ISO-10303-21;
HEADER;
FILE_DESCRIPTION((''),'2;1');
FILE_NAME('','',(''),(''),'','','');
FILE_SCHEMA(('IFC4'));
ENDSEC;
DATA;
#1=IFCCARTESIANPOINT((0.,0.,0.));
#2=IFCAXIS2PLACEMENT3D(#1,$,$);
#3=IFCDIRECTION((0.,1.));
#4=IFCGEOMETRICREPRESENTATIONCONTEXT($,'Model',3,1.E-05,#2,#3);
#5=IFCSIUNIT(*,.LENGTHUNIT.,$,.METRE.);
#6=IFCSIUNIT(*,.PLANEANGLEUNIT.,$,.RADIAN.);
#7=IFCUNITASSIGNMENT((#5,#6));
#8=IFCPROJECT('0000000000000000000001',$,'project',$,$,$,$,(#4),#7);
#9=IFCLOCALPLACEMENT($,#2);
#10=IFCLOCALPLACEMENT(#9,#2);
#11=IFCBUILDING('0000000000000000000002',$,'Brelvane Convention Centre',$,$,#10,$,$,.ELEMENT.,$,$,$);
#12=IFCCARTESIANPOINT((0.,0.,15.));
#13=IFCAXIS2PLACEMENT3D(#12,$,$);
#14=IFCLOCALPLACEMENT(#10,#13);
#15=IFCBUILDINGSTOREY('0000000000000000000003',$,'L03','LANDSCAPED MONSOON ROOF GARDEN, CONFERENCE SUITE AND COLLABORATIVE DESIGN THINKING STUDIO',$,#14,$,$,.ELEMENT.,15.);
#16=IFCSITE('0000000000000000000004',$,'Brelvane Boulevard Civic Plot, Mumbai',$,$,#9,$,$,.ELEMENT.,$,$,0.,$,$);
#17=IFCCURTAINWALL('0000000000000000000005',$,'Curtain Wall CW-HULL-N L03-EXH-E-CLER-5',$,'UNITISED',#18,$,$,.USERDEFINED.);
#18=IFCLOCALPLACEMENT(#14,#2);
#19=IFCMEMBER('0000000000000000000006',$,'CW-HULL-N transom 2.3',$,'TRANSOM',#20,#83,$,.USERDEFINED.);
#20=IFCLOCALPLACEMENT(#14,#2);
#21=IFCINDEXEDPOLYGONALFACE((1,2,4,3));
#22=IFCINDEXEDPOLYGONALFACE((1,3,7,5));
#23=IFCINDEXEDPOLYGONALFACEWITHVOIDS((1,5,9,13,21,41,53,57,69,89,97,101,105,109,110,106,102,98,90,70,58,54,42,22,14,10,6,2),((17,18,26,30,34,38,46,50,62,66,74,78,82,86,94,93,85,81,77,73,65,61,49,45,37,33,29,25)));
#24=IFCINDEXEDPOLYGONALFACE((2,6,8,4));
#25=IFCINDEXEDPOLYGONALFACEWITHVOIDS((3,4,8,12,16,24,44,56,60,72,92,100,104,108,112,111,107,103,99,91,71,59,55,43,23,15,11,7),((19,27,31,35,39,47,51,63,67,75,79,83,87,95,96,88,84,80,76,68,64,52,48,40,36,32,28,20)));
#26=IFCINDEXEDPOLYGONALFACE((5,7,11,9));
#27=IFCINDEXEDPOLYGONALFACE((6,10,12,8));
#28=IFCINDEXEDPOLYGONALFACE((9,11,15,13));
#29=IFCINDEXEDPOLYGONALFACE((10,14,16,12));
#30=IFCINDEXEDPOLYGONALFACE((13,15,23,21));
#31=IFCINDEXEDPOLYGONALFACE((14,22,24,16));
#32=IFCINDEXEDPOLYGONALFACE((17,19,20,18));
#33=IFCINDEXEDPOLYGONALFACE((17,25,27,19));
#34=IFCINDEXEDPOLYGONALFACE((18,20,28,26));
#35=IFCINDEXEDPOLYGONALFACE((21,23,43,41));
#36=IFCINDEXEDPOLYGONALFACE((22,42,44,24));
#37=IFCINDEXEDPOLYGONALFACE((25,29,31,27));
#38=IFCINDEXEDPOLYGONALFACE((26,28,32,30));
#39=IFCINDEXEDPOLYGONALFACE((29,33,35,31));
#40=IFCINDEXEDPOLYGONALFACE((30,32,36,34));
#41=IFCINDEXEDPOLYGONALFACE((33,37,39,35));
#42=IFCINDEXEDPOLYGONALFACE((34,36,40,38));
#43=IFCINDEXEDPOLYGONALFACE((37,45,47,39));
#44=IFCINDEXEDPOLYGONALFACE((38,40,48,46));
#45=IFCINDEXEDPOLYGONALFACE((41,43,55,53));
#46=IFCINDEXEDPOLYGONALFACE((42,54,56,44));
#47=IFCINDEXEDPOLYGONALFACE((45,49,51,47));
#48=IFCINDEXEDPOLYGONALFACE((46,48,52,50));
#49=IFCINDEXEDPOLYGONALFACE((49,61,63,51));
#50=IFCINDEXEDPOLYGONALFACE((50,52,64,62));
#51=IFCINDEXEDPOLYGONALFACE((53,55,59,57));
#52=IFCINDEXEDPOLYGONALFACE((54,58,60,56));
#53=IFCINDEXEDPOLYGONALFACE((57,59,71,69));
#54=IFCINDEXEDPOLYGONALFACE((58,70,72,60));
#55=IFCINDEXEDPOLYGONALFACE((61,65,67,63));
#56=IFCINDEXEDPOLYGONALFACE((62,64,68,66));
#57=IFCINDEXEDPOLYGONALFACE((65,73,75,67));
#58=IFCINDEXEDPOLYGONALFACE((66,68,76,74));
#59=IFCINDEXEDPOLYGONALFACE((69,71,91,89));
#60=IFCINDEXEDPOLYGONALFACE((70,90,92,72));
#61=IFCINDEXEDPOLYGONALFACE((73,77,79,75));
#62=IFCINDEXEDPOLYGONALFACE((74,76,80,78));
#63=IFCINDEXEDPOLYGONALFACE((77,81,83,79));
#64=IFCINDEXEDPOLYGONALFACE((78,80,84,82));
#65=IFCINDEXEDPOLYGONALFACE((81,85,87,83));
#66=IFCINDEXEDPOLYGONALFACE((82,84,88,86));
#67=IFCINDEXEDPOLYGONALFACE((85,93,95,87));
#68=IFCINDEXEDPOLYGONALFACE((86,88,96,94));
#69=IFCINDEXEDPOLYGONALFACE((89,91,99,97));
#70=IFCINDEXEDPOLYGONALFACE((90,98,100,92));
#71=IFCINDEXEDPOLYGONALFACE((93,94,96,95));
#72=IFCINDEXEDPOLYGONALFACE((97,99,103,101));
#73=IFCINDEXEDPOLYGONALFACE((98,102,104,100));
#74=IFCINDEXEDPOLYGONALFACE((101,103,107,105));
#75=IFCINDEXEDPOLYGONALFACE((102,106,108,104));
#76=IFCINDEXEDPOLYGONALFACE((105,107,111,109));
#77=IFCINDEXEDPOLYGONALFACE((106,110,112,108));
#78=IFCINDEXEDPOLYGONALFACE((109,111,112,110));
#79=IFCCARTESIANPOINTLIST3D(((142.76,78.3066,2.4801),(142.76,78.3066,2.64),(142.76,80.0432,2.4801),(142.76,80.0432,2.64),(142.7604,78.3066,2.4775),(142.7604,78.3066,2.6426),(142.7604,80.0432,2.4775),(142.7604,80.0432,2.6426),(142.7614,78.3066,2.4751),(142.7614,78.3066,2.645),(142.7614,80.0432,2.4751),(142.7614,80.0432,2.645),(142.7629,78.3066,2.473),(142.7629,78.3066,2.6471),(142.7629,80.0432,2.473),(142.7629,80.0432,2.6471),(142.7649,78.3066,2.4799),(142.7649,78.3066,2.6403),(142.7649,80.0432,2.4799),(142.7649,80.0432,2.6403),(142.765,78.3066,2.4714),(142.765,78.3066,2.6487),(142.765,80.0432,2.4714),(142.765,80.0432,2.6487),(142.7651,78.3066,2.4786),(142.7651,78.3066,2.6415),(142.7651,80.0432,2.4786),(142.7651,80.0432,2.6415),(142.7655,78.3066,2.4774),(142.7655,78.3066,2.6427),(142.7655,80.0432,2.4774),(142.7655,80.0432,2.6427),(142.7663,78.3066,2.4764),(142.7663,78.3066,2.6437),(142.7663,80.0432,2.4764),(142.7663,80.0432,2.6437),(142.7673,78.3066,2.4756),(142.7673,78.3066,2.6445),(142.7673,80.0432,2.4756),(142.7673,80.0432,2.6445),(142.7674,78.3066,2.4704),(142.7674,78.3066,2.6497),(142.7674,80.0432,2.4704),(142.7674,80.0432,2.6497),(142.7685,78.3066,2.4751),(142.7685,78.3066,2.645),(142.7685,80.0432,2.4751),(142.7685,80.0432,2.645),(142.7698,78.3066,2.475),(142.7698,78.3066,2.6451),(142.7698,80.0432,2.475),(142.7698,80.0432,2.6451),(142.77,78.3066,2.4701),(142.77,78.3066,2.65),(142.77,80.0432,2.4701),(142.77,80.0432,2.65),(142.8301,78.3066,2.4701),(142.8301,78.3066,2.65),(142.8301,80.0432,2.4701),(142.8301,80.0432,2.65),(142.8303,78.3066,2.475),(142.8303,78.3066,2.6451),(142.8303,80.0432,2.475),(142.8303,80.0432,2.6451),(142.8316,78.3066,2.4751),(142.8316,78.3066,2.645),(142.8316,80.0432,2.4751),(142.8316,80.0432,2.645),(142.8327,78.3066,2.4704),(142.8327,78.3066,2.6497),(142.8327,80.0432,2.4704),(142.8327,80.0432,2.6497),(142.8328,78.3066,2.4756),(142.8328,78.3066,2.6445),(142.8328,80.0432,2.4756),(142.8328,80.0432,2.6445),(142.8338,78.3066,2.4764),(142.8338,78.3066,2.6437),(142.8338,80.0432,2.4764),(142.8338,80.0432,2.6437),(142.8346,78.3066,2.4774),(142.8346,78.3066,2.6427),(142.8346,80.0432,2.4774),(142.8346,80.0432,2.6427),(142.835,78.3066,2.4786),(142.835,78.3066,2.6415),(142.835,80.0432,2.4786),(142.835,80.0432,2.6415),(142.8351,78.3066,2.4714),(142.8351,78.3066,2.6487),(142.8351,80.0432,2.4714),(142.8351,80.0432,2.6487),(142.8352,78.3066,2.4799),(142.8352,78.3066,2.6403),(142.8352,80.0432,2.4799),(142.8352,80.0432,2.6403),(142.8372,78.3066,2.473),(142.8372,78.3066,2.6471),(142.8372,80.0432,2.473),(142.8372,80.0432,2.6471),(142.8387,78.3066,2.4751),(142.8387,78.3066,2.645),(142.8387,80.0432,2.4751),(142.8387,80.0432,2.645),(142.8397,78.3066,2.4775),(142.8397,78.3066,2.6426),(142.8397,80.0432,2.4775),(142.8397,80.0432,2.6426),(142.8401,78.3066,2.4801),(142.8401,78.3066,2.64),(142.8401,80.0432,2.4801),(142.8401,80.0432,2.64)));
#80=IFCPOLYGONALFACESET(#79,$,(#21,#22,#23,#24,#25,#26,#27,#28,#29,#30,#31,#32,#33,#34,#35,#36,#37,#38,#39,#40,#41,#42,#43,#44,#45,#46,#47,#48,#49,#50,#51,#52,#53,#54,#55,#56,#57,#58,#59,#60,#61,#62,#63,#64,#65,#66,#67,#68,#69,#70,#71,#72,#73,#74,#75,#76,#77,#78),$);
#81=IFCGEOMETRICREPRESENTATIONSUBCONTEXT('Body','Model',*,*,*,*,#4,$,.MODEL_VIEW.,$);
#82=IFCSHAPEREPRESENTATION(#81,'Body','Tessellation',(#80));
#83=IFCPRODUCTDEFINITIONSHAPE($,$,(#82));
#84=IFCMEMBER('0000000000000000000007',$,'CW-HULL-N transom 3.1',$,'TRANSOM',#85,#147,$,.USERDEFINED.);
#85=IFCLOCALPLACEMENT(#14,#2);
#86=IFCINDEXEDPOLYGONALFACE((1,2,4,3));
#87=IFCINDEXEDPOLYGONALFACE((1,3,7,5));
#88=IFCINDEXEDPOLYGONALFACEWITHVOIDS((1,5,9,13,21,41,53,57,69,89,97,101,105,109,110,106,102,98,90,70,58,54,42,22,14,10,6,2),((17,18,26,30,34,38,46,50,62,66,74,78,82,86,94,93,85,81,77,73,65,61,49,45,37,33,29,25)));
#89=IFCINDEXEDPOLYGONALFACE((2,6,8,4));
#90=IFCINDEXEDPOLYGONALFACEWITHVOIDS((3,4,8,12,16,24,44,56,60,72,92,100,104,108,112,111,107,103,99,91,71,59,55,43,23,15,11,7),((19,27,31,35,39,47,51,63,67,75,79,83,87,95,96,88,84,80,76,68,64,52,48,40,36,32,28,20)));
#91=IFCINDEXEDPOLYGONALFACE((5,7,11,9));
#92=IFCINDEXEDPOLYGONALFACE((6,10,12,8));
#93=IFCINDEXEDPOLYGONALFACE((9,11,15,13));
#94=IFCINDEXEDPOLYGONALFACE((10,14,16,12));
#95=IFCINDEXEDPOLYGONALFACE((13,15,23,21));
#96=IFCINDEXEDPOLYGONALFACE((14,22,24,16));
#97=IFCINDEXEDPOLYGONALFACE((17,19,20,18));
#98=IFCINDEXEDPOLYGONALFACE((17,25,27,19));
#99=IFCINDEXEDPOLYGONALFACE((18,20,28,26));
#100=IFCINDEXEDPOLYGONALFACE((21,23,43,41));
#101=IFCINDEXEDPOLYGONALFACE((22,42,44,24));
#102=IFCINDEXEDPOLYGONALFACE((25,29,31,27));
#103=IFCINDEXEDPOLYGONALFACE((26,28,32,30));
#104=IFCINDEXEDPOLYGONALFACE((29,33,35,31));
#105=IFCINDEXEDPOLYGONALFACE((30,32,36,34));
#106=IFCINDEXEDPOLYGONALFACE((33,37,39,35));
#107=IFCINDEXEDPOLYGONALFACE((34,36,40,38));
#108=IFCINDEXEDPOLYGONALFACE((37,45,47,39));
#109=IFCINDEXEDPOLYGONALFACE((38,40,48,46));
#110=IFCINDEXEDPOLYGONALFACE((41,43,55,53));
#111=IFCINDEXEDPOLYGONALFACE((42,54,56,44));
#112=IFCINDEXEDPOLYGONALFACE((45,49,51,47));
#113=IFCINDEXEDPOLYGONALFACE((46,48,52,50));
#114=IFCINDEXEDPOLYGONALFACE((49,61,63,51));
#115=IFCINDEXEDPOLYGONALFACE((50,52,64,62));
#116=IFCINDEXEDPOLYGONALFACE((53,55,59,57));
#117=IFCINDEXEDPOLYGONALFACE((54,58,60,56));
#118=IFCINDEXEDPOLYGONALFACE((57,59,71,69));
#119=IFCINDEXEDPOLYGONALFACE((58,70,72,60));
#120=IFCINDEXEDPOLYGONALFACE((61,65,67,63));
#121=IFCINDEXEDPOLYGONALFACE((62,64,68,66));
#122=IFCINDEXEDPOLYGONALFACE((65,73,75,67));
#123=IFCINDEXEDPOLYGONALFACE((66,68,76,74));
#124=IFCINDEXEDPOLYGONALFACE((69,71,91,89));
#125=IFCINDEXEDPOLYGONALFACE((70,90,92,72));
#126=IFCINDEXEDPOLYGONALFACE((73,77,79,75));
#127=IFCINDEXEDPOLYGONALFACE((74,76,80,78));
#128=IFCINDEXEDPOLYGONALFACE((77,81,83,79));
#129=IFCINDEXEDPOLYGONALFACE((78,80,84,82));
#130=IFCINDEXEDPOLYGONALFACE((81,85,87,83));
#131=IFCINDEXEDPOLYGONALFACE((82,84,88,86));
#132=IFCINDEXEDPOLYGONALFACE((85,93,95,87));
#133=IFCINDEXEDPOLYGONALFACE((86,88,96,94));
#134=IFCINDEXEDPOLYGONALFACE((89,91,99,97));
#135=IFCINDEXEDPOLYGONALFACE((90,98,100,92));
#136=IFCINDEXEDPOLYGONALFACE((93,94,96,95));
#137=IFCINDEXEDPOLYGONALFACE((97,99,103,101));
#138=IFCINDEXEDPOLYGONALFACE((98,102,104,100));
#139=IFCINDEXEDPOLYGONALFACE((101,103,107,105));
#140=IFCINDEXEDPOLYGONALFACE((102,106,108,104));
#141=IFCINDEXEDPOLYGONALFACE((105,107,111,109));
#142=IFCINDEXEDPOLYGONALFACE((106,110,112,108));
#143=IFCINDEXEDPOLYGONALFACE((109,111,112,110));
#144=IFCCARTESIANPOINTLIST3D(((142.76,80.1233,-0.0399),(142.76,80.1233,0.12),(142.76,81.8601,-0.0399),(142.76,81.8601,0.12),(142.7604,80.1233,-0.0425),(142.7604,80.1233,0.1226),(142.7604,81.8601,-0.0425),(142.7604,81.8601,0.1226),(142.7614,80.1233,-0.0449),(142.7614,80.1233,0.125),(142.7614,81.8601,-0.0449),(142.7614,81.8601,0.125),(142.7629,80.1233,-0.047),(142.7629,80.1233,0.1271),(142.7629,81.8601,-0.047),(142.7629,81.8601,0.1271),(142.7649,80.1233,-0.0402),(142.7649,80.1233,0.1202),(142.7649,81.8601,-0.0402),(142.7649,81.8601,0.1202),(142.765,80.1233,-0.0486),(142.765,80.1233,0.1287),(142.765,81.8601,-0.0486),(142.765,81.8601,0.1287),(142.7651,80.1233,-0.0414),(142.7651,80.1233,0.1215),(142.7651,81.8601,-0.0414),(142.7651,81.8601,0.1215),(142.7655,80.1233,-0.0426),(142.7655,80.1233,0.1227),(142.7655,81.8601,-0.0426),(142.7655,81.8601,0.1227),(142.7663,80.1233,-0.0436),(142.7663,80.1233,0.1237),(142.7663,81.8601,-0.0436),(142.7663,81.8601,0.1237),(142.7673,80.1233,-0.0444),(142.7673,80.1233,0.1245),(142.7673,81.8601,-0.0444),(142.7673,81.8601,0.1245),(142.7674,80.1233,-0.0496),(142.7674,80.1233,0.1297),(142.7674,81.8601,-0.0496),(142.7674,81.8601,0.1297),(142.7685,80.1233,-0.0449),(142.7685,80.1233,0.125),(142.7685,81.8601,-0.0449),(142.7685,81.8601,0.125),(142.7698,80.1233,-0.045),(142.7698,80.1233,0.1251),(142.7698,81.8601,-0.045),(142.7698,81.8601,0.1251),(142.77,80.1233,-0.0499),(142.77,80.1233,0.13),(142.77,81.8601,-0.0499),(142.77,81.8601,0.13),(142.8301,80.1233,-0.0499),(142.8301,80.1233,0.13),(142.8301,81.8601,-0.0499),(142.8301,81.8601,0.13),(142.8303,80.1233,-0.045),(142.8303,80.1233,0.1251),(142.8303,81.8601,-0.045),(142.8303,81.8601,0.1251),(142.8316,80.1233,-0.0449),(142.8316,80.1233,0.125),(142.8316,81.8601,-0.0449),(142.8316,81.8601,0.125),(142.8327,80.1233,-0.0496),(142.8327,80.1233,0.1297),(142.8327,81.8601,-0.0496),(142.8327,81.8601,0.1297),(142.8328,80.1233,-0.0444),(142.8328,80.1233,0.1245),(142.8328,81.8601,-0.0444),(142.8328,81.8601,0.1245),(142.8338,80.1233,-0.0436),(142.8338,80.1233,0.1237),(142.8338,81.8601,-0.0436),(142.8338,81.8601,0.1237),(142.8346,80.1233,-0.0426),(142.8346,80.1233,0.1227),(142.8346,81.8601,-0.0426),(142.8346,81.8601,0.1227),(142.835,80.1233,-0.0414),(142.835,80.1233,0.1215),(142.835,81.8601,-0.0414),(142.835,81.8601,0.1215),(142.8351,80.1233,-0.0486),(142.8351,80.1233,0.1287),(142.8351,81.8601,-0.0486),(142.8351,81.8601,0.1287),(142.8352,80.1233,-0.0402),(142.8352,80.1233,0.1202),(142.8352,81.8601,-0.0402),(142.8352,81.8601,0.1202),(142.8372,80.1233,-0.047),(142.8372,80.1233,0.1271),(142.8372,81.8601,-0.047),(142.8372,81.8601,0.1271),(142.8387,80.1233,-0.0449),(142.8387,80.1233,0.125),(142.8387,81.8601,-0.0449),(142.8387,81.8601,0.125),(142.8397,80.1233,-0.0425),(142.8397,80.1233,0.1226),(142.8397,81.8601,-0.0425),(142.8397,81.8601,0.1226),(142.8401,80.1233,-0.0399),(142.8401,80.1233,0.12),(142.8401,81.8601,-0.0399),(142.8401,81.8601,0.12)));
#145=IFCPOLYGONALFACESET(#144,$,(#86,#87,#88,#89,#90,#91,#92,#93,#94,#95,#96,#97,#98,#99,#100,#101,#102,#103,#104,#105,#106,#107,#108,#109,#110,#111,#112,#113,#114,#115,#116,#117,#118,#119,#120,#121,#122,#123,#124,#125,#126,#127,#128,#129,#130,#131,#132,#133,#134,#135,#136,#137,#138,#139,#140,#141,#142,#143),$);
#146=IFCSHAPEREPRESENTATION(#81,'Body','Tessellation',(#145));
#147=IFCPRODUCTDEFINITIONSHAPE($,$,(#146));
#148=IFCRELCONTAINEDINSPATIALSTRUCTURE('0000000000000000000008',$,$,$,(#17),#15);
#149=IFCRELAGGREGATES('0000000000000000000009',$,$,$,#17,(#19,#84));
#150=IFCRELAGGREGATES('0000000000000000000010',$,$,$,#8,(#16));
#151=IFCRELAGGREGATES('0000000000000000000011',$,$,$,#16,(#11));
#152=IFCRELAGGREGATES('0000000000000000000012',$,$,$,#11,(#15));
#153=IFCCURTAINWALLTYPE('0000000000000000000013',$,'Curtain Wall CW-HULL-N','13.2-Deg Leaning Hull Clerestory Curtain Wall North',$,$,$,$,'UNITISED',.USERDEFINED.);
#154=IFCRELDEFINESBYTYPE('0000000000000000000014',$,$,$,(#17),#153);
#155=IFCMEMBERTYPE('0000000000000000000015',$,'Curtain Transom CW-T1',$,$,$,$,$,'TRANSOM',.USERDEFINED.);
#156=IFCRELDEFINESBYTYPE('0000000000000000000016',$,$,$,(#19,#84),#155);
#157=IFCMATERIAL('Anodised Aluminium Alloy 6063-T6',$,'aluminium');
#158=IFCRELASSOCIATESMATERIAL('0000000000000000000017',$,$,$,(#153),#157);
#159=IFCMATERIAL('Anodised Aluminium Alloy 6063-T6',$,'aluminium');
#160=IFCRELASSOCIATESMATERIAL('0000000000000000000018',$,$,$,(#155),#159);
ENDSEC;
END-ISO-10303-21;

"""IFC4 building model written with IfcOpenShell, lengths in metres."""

from ifc_helpers import new_model, si_unit, direction, frame, origin, origin_2d, place, context, subcontext, project, spatial, hollow_rectangle, extrude, material, material_profile, profile_set, type_object, element, aggregate, save


model = new_model("IFC4")

# Units and contexts
model_context = context("Model", 3, precision=1e-05, world=origin(), true_north=direction((0.0, 1.0)))
body_context = subcontext(model_context, "Body", "Model", "MODEL_VIEW")
ifc_project = project(units=[si_unit("LENGTHUNIT", "METRE"), si_unit("PLANEANGLEUNIT", "RADIAN")], contexts=[model_context])

# Site, building, storey
site_placement = place(None, origin())
site = spatial("IfcSite", under=ifc_project, at=site_placement, Name="Brelvane Boulevard Civic Plot, Mumbai", CompositionType="ELEMENT", RefElevation=0.0)
building_placement = place(site_placement, origin())
building = spatial("IfcBuilding", under=site, at=building_placement, Name="Brelvane Convention Centre", CompositionType="ELEMENT")
storey_placement = place(building_placement, frame((0.0, 0.0, 15.0)))
storey = spatial("IfcBuildingStorey", under=building, at=storey_placement, Name="L03", Description="LANDSCAPED MONSOON ROOF GARDEN, CONFERENCE SUITE AND COLLABORATIVE DESIGN THINKING STUDIO", CompositionType="ELEMENT", Elevation=15.0)

# Curtain wall, members
ifc_material_1 = material(Name="Anodised Aluminium Alloy 6063-T6", Category="aluminium")
curtain_wall_type = type_object("IfcCurtainWallType", Name="Curtain Wall CW-HULL-N", Description="13.2-Deg Leaning Hull Clerestory Curtain Wall North", ElementType="UNITISED", PredefinedType="USERDEFINED", material=ifc_material_1)
curtain_wall_placement = place(storey_placement, origin())
curtain_wall = element("IfcCurtainWall", 1, at=curtain_wall_placement, inside=storey, type_object=curtain_wall_type, Name="Curtain Wall CW-HULL-N L03-EXH-E-CLER-5", ObjectType="UNITISED", PredefinedType="USERDEFINED")
ifc_material_2 = material(Name="Anodised Aluminium Alloy 6063-T6", Category="aluminium")
ifc_material_profile_1 = material_profile(ifc_material_2, hollow_rectangle(XDim=0.0801, YDim=0.1799, WallThickness=0.0049, InnerFilletRadius=0.0049, OuterFilletRadius=0.01, at=origin_2d()), Name="ALU-T 180x80x5.0")
ifc_profile_set_1 = profile_set([ifc_material_profile_1], Name="Anodised Aluminium Alloy 6063-T6")
member_type_1 = type_object("IfcMemberType", Name="Curtain Transom CW-T1", ElementType="TRANSOM", PredefinedType="USERDEFINED", material=ifc_profile_set_1)
member_1_placement = place(storey_placement, frame((142.8, 78.3066, 2.5601), z_axis=(0.0, 1.0, 0.0), x_axis=(-1.0, 0.0, 0.0)))
member_1 = element("IfcMember", 2, at=member_1_placement, type_object=member_type_1, Name="CW-HULL-N transom 2.3", ObjectType="TRANSOM", PredefinedType="USERDEFINED", context=body_context, shape_type="SweptSolid", body=[
    extrude(hollow_rectangle(XDim=0.0801, YDim=0.1799, WallThickness=0.0049, InnerFilletRadius=0.0049, OuterFilletRadius=0.01, at=origin_2d()), origin(), (0.0, 0.0, 1.0), 1.7366),
])
member_2_placement = place(storey_placement, frame((142.8, 80.1233, 0.04), z_axis=(0.0, 1.0, 0.0), x_axis=(-1.0, 0.0, 0.0)))
member_2 = element("IfcMember", 3, at=member_2_placement, type_object=member_type_1, Name="CW-HULL-N transom 3.1", ObjectType="TRANSOM", PredefinedType="USERDEFINED", context=body_context, shape_type="SweptSolid", body=[
    extrude(hollow_rectangle(XDim=0.0801, YDim=0.1799, WallThickness=0.0049, InnerFilletRadius=0.0049, OuterFilletRadius=0.01, at=origin_2d()), origin(), (0.0, 0.0, 1.0), 1.7368),
])

aggregate(curtain_wall, [member_1, member_2])

save(model, "model.ifc")
